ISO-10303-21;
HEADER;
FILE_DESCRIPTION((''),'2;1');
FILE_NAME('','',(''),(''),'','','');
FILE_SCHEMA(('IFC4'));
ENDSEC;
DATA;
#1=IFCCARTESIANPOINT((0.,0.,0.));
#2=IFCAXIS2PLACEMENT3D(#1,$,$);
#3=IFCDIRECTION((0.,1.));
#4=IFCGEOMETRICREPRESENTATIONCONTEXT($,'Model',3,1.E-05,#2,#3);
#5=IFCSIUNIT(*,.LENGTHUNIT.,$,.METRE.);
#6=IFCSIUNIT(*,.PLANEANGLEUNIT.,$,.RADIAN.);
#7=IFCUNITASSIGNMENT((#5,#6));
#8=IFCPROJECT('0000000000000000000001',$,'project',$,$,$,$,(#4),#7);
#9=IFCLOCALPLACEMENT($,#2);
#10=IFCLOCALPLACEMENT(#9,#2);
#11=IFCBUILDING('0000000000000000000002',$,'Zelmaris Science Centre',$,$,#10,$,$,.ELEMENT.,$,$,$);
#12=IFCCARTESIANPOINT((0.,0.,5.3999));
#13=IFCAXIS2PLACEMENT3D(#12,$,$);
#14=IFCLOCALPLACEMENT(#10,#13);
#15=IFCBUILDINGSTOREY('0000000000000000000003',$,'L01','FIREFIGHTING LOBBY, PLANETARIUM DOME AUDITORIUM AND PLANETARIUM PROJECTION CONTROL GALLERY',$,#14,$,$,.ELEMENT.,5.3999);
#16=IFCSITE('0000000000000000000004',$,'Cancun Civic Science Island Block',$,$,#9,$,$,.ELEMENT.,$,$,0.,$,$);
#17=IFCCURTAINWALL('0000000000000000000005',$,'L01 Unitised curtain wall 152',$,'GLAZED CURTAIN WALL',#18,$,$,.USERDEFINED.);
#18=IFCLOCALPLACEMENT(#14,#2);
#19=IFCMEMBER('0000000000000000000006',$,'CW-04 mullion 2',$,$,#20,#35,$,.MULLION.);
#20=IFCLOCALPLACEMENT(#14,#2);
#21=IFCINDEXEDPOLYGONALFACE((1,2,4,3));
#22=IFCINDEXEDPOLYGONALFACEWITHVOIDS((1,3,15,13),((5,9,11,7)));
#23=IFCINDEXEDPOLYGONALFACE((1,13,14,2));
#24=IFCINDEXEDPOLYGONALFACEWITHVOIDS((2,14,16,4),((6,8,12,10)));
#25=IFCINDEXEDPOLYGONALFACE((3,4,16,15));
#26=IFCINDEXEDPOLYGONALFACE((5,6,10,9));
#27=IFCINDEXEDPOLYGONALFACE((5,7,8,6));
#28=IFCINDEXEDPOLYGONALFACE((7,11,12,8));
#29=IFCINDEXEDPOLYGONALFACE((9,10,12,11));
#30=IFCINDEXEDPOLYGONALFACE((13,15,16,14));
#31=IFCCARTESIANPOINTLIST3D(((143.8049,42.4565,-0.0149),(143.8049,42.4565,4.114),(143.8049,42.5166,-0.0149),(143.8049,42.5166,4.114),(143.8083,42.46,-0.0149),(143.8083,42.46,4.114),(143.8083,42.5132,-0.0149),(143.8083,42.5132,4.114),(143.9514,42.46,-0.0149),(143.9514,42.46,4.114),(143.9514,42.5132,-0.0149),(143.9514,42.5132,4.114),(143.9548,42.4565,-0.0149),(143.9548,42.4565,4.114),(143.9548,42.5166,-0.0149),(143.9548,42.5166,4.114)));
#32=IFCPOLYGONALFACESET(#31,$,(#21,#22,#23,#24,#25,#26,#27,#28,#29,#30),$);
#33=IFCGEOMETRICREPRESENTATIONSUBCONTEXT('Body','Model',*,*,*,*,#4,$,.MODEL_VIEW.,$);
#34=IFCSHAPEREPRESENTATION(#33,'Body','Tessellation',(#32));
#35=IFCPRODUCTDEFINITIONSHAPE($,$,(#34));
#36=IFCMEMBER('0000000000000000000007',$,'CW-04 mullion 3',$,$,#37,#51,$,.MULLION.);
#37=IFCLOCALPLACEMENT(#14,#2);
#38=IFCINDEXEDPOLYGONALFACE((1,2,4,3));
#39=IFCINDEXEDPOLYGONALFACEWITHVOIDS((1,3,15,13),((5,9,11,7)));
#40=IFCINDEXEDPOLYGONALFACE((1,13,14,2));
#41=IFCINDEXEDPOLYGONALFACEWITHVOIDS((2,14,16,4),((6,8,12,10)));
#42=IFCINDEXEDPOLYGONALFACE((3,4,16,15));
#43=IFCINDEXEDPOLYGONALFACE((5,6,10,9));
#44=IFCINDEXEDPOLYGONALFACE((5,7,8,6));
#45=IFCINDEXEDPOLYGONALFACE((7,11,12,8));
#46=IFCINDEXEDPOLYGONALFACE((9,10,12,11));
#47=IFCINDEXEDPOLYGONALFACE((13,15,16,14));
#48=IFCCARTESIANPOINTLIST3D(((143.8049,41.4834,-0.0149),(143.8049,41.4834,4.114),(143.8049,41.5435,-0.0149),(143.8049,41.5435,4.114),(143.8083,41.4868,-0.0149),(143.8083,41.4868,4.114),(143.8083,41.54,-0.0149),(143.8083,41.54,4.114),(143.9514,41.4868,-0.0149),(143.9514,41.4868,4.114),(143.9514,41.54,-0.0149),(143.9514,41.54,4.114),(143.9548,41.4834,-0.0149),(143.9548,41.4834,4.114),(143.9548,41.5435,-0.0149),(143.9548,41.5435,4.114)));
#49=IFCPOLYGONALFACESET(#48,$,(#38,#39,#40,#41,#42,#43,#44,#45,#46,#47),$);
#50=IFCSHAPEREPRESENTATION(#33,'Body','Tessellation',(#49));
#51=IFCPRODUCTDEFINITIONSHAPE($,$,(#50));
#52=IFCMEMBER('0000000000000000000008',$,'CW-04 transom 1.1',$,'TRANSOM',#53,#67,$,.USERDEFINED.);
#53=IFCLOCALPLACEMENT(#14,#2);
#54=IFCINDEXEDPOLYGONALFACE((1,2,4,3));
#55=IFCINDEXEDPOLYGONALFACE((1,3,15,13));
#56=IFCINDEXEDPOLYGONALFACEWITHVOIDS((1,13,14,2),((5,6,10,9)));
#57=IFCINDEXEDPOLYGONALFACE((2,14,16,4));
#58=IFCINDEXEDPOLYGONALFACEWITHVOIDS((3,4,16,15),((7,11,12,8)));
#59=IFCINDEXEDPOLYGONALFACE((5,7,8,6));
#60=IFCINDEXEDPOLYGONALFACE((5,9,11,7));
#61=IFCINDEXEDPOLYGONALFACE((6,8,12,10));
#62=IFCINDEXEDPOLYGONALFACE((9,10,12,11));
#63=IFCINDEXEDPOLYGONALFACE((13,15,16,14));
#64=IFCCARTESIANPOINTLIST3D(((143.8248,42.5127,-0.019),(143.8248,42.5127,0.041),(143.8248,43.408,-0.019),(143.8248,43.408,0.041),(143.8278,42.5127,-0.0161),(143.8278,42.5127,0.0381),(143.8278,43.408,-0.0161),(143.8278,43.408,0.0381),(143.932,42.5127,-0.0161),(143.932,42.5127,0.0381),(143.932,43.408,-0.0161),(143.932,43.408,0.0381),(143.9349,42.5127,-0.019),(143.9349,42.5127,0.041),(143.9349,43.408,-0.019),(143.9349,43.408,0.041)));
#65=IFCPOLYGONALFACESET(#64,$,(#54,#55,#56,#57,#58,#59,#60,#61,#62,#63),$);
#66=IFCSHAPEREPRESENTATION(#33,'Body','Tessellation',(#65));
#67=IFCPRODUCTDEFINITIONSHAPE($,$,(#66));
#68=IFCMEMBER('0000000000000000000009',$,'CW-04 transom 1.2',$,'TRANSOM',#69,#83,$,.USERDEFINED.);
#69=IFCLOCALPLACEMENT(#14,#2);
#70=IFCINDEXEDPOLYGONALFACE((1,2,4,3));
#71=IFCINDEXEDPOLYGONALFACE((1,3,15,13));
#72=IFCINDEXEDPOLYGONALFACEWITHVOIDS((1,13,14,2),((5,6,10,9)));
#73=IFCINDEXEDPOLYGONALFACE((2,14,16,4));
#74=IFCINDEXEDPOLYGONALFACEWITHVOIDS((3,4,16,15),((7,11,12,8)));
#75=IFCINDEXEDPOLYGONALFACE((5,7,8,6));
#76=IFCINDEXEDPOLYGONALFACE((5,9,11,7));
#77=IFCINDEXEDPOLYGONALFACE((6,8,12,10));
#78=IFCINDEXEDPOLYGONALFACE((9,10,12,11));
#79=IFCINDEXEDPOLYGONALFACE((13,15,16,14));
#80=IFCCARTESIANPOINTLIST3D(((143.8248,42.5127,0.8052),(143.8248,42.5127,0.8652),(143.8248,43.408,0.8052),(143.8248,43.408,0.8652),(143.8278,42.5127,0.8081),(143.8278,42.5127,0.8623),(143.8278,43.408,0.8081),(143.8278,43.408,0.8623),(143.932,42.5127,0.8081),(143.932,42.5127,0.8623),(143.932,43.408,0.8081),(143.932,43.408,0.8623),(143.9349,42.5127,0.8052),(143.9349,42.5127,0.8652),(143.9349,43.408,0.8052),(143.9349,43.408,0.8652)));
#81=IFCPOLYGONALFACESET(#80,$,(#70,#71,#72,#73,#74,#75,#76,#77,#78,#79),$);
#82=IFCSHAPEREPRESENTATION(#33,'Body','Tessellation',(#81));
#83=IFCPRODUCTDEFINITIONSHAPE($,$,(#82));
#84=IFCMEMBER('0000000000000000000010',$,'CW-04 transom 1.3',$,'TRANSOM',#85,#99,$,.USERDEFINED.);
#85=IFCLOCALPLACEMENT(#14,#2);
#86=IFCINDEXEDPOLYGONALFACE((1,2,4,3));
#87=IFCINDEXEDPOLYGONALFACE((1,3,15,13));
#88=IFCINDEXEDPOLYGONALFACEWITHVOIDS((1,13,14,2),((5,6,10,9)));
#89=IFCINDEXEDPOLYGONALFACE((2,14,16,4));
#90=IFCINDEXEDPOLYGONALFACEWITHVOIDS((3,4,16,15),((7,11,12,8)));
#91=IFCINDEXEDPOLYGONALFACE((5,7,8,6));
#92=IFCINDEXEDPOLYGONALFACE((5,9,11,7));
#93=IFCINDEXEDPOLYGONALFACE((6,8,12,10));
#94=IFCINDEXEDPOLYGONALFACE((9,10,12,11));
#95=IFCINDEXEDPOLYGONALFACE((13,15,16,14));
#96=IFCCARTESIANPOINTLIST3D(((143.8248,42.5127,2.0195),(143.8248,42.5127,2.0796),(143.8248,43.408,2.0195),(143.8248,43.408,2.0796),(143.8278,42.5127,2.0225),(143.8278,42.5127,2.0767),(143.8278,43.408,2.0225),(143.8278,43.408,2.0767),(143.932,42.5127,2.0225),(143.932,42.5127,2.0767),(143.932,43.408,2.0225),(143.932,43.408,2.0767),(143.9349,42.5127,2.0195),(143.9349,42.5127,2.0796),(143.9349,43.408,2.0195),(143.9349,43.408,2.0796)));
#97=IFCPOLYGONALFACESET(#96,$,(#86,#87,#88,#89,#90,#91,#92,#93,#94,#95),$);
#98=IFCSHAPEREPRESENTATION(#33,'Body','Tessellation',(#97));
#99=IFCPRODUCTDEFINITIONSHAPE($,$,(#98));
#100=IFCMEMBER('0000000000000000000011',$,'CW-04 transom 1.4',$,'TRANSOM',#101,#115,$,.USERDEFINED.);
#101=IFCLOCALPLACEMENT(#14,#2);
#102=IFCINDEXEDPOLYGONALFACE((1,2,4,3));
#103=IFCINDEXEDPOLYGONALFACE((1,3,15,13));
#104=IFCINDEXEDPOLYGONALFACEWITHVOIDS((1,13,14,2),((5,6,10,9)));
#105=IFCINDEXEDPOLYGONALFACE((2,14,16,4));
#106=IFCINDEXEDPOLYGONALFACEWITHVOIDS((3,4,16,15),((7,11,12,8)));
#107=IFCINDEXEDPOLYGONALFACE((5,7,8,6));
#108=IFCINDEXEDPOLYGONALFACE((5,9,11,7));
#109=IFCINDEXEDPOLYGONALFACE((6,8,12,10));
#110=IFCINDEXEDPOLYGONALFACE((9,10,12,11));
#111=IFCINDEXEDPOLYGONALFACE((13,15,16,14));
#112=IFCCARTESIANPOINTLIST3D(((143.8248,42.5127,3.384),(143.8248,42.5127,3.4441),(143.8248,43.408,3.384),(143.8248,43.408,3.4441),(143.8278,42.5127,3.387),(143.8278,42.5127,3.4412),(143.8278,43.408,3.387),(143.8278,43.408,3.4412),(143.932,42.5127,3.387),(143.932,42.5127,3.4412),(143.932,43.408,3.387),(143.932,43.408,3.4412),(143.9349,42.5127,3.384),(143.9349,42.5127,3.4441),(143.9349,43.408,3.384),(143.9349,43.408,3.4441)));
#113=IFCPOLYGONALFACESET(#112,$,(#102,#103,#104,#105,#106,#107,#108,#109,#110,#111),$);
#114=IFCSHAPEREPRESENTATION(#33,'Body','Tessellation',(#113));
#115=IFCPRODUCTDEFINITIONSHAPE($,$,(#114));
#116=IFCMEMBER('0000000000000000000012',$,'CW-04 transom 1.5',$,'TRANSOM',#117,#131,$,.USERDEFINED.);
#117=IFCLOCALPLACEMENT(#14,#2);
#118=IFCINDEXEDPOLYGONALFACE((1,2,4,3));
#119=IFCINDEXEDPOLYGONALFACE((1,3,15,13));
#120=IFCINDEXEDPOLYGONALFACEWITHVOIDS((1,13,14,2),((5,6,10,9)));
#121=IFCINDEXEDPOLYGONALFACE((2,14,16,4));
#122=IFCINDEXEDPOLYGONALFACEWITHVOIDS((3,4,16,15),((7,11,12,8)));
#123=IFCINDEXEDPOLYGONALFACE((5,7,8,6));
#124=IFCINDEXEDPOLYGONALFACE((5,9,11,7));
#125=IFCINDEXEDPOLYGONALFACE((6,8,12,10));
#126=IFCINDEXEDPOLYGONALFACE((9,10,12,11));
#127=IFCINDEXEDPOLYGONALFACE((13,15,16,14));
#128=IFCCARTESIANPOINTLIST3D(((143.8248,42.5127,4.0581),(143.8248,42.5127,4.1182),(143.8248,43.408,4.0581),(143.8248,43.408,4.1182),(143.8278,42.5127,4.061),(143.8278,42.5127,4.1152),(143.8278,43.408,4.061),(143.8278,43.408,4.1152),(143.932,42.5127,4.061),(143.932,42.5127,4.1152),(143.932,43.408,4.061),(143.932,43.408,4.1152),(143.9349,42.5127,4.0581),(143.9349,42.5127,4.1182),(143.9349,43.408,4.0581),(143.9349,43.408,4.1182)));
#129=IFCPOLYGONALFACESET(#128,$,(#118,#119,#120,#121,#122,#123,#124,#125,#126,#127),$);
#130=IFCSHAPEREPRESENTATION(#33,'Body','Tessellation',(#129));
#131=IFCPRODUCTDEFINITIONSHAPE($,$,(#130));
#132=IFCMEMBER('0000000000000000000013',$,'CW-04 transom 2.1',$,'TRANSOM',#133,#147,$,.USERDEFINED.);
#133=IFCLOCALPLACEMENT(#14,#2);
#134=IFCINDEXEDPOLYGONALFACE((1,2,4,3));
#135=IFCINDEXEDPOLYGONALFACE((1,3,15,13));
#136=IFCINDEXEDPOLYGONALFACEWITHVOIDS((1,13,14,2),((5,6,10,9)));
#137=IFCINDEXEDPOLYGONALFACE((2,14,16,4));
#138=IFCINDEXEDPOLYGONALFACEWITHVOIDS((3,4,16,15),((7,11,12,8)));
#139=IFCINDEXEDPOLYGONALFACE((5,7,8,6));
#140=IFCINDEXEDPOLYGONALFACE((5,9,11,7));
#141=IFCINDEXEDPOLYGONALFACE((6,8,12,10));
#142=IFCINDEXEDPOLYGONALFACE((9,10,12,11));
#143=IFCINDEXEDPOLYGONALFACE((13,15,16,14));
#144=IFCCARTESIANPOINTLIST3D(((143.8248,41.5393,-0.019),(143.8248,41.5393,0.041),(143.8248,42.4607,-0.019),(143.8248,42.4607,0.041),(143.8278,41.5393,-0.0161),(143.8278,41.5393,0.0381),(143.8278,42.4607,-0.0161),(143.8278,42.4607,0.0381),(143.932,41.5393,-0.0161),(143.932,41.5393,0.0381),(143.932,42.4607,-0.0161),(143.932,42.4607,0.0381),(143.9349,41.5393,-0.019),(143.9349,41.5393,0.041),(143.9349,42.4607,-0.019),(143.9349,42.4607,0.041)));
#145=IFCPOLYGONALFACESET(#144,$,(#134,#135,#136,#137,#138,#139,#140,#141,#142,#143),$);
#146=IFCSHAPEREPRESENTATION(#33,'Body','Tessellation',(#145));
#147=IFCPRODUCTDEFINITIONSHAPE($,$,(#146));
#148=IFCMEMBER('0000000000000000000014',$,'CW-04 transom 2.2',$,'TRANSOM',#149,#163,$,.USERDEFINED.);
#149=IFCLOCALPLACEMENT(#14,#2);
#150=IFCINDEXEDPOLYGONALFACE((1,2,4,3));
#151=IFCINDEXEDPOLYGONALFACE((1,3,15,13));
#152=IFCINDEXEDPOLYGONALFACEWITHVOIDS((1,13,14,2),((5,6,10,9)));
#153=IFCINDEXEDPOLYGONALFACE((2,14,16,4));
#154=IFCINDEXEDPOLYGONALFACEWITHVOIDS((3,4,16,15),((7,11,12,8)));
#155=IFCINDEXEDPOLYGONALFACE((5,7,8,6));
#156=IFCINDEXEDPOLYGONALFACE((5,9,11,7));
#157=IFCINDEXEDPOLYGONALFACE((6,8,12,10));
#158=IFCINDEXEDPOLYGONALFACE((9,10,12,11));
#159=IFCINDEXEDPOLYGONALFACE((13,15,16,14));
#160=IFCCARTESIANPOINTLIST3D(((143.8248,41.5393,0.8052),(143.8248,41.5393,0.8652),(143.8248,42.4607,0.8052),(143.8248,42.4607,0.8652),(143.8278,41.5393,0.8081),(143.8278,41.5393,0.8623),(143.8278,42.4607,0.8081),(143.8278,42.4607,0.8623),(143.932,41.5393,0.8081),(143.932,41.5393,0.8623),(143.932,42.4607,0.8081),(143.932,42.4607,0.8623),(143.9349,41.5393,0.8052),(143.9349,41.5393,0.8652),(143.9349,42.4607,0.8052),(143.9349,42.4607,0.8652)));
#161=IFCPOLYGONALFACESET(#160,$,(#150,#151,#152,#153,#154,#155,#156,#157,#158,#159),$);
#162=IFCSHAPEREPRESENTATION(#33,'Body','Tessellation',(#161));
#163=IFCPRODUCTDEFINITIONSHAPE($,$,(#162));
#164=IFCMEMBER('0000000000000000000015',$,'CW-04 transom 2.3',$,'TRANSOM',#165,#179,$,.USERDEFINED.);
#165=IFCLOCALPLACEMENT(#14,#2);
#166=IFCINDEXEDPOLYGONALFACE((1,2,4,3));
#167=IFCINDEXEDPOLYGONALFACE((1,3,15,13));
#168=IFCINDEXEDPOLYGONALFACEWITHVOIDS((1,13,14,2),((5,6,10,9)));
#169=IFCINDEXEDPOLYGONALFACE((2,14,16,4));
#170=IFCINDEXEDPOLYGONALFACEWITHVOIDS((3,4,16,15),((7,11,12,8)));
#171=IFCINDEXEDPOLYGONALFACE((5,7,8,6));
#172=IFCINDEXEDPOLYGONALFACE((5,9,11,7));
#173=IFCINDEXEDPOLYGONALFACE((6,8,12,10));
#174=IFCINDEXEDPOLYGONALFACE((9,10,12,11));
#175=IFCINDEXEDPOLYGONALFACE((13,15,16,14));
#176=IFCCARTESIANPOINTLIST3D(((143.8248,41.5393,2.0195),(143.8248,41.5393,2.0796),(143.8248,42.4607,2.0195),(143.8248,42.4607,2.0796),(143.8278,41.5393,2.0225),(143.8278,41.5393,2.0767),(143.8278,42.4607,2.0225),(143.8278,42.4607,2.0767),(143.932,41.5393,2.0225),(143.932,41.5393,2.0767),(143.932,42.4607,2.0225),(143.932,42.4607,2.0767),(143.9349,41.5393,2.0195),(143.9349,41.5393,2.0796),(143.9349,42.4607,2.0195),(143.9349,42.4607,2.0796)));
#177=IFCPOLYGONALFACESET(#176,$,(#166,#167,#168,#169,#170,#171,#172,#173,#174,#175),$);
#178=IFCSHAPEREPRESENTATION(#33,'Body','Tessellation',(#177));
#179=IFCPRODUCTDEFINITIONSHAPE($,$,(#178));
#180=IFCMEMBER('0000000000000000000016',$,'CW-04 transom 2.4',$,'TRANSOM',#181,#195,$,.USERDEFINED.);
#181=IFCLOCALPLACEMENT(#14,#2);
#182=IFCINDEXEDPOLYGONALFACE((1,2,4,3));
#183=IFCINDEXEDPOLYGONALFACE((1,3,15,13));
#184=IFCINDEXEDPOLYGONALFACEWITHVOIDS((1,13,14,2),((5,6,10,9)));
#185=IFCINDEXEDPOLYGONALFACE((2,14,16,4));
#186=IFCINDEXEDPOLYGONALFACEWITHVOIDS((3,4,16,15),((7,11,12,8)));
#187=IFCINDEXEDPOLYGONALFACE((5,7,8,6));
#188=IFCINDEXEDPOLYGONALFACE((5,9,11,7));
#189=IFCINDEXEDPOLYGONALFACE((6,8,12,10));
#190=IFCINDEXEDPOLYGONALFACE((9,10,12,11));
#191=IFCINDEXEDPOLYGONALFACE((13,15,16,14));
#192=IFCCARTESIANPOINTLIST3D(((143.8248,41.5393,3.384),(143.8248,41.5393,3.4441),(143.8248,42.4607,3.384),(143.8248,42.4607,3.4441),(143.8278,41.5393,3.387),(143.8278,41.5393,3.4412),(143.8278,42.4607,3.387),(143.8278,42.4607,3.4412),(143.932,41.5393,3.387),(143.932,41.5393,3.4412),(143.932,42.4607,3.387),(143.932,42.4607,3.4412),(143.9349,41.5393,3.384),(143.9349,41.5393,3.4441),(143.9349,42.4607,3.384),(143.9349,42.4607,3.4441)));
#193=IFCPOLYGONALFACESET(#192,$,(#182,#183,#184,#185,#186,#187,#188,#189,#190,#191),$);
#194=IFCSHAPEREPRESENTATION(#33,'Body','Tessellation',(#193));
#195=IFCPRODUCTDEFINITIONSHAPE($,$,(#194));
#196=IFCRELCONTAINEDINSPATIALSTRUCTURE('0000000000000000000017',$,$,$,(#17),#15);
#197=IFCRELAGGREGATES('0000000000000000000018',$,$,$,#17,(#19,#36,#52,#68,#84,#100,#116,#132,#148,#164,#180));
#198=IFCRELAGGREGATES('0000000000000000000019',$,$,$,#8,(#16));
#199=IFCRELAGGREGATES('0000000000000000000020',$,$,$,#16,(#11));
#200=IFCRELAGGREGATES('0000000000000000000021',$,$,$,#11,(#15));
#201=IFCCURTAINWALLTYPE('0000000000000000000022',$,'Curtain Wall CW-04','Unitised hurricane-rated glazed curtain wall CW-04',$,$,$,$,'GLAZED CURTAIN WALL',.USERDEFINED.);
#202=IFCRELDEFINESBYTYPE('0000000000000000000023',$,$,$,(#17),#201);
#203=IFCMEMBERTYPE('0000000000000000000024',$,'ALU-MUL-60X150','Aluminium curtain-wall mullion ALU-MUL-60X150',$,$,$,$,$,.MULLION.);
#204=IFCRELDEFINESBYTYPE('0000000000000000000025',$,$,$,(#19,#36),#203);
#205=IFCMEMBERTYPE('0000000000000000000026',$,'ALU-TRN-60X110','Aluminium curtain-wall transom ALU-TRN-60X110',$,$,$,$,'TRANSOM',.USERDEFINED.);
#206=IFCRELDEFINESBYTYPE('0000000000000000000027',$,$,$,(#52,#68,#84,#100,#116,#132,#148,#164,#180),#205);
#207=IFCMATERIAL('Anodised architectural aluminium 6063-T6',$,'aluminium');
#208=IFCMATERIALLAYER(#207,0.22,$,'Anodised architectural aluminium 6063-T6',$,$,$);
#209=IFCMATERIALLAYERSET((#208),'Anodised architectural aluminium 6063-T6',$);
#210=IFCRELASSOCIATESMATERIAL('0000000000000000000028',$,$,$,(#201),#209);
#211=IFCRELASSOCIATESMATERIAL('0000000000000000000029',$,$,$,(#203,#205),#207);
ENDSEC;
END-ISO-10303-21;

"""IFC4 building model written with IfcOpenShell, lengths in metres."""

from ifc_helpers import new_model, si_unit, direction, frame, origin, origin_2d, place, context, subcontext, project, spatial, hollow_rectangle, extrude, material, layer, layer_set, material_profile, profile_set, type_object, element, aggregate, save


model = new_model("IFC4")

# Units and contexts
model_context = context("Model", 3, precision=1e-05, world=origin(), true_north=direction((0.0, 1.0)))
body_context = subcontext(model_context, "Body", "Model", "MODEL_VIEW")
ifc_project = project(units=[si_unit("LENGTHUNIT", "METRE"), si_unit("PLANEANGLEUNIT", "RADIAN")], contexts=[model_context])

# Site, building, storey
site_placement = place(None, origin())
site = spatial("IfcSite", under=ifc_project, at=site_placement, Name="Cancun Civic Science Island Block", CompositionType="ELEMENT", RefElevation=0.0)
building_placement = place(site_placement, origin())
building = spatial("IfcBuilding", under=site, at=building_placement, Name="Zelmaris Science Centre", CompositionType="ELEMENT")
storey_placement = place(building_placement, frame((0.0, 0.0, 5.3999)))
storey = spatial("IfcBuildingStorey", under=building, at=storey_placement, Name="L01", Description="FIREFIGHTING LOBBY, PLANETARIUM DOME AUDITORIUM AND PLANETARIUM PROJECTION CONTROL GALLERY", CompositionType="ELEMENT", Elevation=5.3999)

# Curtain wall, members
ifc_material_1 = material(Name="Anodised architectural aluminium 6063-T6", Category="aluminium")
ifc_layer_1 = layer(ifc_material_1, 0.22, Name="Anodised architectural aluminium 6063-T6")
ifc_layer_set_1 = layer_set([ifc_layer_1], Name="Anodised architectural aluminium 6063-T6")
curtain_wall_type = type_object("IfcCurtainWallType", Name="Curtain Wall CW-04", Description="Unitised hurricane-rated glazed curtain wall CW-04", ElementType="GLAZED CURTAIN WALL", PredefinedType="USERDEFINED", material=ifc_layer_set_1)
curtain_wall_placement = place(storey_placement, origin())
curtain_wall = element("IfcCurtainWall", 1, at=curtain_wall_placement, inside=storey, type_object=curtain_wall_type, Name="L01 Unitised curtain wall 152", ObjectType="GLAZED CURTAIN WALL", PredefinedType="USERDEFINED")
ifc_material_profile_1 = material_profile(ifc_material_1, hollow_rectangle(XDim=0.0601, YDim=0.1499, WallThickness=0.0034, at=origin_2d()), Name="ALU-MUL-60X150")
ifc_profile_set_1 = profile_set([ifc_material_profile_1], Name="Anodised architectural aluminium 6063-T6")
member_type_1 = type_object("IfcMemberType", Name="ALU-MUL-60X150", Description="Aluminium curtain-wall mullion ALU-MUL-60X150", PredefinedType="MULLION", material=ifc_profile_set_1)
member_1_placement = place(storey_placement, frame((143.8799, 42.4866, -0.0149), z_axis=(0.0, 0.0, 1.0), x_axis=(0.0, -1.0, 0.0)))
member_1 = element("IfcMember", 2, at=member_1_placement, type_object=member_type_1, Name="CW-04 mullion 2", PredefinedType="MULLION", context=body_context, shape_type="SweptSolid", body=[
    extrude(hollow_rectangle(XDim=0.0601, YDim=0.1499, WallThickness=0.0034, at=origin_2d()), origin(), (0.0, 0.0, 1.0), 4.1289),
])
member_2_placement = place(storey_placement, frame((143.8799, 41.5134, -0.0149), z_axis=(0.0, 0.0, 1.0), x_axis=(0.0, -1.0, 0.0)))
member_2 = element("IfcMember", 3, at=member_2_placement, type_object=member_type_1, Name="CW-04 mullion 3", PredefinedType="MULLION", context=body_context, shape_type="SweptSolid", body=[
    extrude(hollow_rectangle(XDim=0.0601, YDim=0.1499, WallThickness=0.0034, at=origin_2d()), origin(), (0.0, 0.0, 1.0), 4.1289),
])
ifc_material_profile_2 = material_profile(ifc_material_1, hollow_rectangle(XDim=0.0601, YDim=0.1101, WallThickness=0.0029, at=origin_2d()), Name="ALU-TRN-60X110")
ifc_profile_set_2 = profile_set([ifc_material_profile_2], Name="Anodised architectural aluminium 6063-T6")
member_type_2 = type_object("IfcMemberType", Name="ALU-TRN-60X110", Description="Aluminium curtain-wall transom ALU-TRN-60X110", ElementType="TRANSOM", PredefinedType="USERDEFINED", material=ifc_profile_set_2)
member_3_placement = place(storey_placement, frame((143.8799, 43.408, 0.011), z_axis=(0.0, -1.0, 0.0), x_axis=(0.0, 0.0, 1.0)))
member_3 = element("IfcMember", 4, at=member_3_placement, type_object=member_type_2, Name="CW-04 transom 1.1", ObjectType="TRANSOM", PredefinedType="USERDEFINED", context=body_context, shape_type="SweptSolid", body=[
    extrude(hollow_rectangle(XDim=0.0601, YDim=0.1101, WallThickness=0.0029, at=origin_2d()), origin(), (0.0, 0.0, 1.0), 0.8953),
])
member_4_placement = place(storey_placement, frame((143.8799, 43.408, 0.8352), z_axis=(0.0, -1.0, 0.0), x_axis=(0.0, 0.0, 1.0)))
member_4 = element("IfcMember", 5, at=member_4_placement, type_object=member_type_2, Name="CW-04 transom 1.2", ObjectType="TRANSOM", PredefinedType="USERDEFINED", context=body_context, shape_type="SweptSolid", body=[
    extrude(hollow_rectangle(XDim=0.0601, YDim=0.1101, WallThickness=0.0029, at=origin_2d()), origin(), (0.0, 0.0, 1.0), 0.8953),
])
member_5_placement = place(storey_placement, frame((143.8799, 43.408, 2.0496), z_axis=(0.0, -1.0, 0.0), x_axis=(0.0, 0.0, 1.0)))
member_5 = element("IfcMember", 6, at=member_5_placement, type_object=member_type_2, Name="CW-04 transom 1.3", ObjectType="TRANSOM", PredefinedType="USERDEFINED", context=body_context, shape_type="SweptSolid", body=[
    extrude(hollow_rectangle(XDim=0.0601, YDim=0.1101, WallThickness=0.0029, at=origin_2d()), origin(), (0.0, 0.0, 1.0), 0.8953),
])
member_6_placement = place(storey_placement, frame((143.8799, 43.408, 3.4141), z_axis=(0.0, -1.0, 0.0), x_axis=(0.0, 0.0, 1.0)))
member_6 = element("IfcMember", 7, at=member_6_placement, type_object=member_type_2, Name="CW-04 transom 1.4", ObjectType="TRANSOM", PredefinedType="USERDEFINED", context=body_context, shape_type="SweptSolid", body=[
    extrude(hollow_rectangle(XDim=0.0601, YDim=0.1101, WallThickness=0.0029, at=origin_2d()), origin(), (0.0, 0.0, 1.0), 0.8953),
])
member_7_placement = place(storey_placement, frame((143.8799, 43.408, 4.0881), z_axis=(0.0, -1.0, 0.0), x_axis=(0.0, 0.0, 1.0)))
member_7 = element("IfcMember", 8, at=member_7_placement, type_object=member_type_2, Name="CW-04 transom 1.5", ObjectType="TRANSOM", PredefinedType="USERDEFINED", context=body_context, shape_type="SweptSolid", body=[
    extrude(hollow_rectangle(XDim=0.0601, YDim=0.1101, WallThickness=0.0029, at=origin_2d()), origin(), (0.0, 0.0, 1.0), 0.8953),
])
member_8_placement = place(storey_placement, frame((143.8799, 42.4607, 0.011), z_axis=(0.0, -1.0, 0.0), x_axis=(0.0, 0.0, 1.0)))
member_8 = element("IfcMember", 9, at=member_8_placement, type_object=member_type_2, Name="CW-04 transom 2.1", ObjectType="TRANSOM", PredefinedType="USERDEFINED", context=body_context, shape_type="SweptSolid", body=[
    extrude(hollow_rectangle(XDim=0.0601, YDim=0.1101, WallThickness=0.0029, at=origin_2d()), origin(), (0.0, 0.0, 1.0), 0.9214),
])
member_9_placement = place(storey_placement, frame((143.8799, 42.4607, 0.8352), z_axis=(0.0, -1.0, 0.0), x_axis=(0.0, 0.0, 1.0)))
member_9 = element("IfcMember", 10, at=member_9_placement, type_object=member_type_2, Name="CW-04 transom 2.2", ObjectType="TRANSOM", PredefinedType="USERDEFINED", context=body_context, shape_type="SweptSolid", body=[
    extrude(hollow_rectangle(XDim=0.0601, YDim=0.1101, WallThickness=0.0029, at=origin_2d()), origin(), (0.0, 0.0, 1.0), 0.9214),
])
member_10_placement = place(storey_placement, frame((143.8799, 42.4607, 2.0496), z_axis=(0.0, -1.0, 0.0), x_axis=(0.0, 0.0, 1.0)))
member_10 = element("IfcMember", 11, at=member_10_placement, type_object=member_type_2, Name="CW-04 transom 2.3", ObjectType="TRANSOM", PredefinedType="USERDEFINED", context=body_context, shape_type="SweptSolid", body=[
    extrude(hollow_rectangle(XDim=0.0601, YDim=0.1101, WallThickness=0.0029, at=origin_2d()), origin(), (0.0, 0.0, 1.0), 0.9214),
])
member_11_placement = place(storey_placement, frame((143.8799, 42.4607, 3.4141), z_axis=(0.0, -1.0, 0.0), x_axis=(0.0, 0.0, 1.0)))
member_11 = element("IfcMember", 12, at=member_11_placement, type_object=member_type_2, Name="CW-04 transom 2.4", ObjectType="TRANSOM", PredefinedType="USERDEFINED", context=body_context, shape_type="SweptSolid", body=[
    extrude(hollow_rectangle(XDim=0.0601, YDim=0.1101, WallThickness=0.0029, at=origin_2d()), origin(), (0.0, 0.0, 1.0), 0.9214),
])

aggregate(curtain_wall, [member_1, member_2, member_3, member_4, member_5, member_6, member_7, member_8, member_9, member_10, member_11])

save(model, "model.ifc")
